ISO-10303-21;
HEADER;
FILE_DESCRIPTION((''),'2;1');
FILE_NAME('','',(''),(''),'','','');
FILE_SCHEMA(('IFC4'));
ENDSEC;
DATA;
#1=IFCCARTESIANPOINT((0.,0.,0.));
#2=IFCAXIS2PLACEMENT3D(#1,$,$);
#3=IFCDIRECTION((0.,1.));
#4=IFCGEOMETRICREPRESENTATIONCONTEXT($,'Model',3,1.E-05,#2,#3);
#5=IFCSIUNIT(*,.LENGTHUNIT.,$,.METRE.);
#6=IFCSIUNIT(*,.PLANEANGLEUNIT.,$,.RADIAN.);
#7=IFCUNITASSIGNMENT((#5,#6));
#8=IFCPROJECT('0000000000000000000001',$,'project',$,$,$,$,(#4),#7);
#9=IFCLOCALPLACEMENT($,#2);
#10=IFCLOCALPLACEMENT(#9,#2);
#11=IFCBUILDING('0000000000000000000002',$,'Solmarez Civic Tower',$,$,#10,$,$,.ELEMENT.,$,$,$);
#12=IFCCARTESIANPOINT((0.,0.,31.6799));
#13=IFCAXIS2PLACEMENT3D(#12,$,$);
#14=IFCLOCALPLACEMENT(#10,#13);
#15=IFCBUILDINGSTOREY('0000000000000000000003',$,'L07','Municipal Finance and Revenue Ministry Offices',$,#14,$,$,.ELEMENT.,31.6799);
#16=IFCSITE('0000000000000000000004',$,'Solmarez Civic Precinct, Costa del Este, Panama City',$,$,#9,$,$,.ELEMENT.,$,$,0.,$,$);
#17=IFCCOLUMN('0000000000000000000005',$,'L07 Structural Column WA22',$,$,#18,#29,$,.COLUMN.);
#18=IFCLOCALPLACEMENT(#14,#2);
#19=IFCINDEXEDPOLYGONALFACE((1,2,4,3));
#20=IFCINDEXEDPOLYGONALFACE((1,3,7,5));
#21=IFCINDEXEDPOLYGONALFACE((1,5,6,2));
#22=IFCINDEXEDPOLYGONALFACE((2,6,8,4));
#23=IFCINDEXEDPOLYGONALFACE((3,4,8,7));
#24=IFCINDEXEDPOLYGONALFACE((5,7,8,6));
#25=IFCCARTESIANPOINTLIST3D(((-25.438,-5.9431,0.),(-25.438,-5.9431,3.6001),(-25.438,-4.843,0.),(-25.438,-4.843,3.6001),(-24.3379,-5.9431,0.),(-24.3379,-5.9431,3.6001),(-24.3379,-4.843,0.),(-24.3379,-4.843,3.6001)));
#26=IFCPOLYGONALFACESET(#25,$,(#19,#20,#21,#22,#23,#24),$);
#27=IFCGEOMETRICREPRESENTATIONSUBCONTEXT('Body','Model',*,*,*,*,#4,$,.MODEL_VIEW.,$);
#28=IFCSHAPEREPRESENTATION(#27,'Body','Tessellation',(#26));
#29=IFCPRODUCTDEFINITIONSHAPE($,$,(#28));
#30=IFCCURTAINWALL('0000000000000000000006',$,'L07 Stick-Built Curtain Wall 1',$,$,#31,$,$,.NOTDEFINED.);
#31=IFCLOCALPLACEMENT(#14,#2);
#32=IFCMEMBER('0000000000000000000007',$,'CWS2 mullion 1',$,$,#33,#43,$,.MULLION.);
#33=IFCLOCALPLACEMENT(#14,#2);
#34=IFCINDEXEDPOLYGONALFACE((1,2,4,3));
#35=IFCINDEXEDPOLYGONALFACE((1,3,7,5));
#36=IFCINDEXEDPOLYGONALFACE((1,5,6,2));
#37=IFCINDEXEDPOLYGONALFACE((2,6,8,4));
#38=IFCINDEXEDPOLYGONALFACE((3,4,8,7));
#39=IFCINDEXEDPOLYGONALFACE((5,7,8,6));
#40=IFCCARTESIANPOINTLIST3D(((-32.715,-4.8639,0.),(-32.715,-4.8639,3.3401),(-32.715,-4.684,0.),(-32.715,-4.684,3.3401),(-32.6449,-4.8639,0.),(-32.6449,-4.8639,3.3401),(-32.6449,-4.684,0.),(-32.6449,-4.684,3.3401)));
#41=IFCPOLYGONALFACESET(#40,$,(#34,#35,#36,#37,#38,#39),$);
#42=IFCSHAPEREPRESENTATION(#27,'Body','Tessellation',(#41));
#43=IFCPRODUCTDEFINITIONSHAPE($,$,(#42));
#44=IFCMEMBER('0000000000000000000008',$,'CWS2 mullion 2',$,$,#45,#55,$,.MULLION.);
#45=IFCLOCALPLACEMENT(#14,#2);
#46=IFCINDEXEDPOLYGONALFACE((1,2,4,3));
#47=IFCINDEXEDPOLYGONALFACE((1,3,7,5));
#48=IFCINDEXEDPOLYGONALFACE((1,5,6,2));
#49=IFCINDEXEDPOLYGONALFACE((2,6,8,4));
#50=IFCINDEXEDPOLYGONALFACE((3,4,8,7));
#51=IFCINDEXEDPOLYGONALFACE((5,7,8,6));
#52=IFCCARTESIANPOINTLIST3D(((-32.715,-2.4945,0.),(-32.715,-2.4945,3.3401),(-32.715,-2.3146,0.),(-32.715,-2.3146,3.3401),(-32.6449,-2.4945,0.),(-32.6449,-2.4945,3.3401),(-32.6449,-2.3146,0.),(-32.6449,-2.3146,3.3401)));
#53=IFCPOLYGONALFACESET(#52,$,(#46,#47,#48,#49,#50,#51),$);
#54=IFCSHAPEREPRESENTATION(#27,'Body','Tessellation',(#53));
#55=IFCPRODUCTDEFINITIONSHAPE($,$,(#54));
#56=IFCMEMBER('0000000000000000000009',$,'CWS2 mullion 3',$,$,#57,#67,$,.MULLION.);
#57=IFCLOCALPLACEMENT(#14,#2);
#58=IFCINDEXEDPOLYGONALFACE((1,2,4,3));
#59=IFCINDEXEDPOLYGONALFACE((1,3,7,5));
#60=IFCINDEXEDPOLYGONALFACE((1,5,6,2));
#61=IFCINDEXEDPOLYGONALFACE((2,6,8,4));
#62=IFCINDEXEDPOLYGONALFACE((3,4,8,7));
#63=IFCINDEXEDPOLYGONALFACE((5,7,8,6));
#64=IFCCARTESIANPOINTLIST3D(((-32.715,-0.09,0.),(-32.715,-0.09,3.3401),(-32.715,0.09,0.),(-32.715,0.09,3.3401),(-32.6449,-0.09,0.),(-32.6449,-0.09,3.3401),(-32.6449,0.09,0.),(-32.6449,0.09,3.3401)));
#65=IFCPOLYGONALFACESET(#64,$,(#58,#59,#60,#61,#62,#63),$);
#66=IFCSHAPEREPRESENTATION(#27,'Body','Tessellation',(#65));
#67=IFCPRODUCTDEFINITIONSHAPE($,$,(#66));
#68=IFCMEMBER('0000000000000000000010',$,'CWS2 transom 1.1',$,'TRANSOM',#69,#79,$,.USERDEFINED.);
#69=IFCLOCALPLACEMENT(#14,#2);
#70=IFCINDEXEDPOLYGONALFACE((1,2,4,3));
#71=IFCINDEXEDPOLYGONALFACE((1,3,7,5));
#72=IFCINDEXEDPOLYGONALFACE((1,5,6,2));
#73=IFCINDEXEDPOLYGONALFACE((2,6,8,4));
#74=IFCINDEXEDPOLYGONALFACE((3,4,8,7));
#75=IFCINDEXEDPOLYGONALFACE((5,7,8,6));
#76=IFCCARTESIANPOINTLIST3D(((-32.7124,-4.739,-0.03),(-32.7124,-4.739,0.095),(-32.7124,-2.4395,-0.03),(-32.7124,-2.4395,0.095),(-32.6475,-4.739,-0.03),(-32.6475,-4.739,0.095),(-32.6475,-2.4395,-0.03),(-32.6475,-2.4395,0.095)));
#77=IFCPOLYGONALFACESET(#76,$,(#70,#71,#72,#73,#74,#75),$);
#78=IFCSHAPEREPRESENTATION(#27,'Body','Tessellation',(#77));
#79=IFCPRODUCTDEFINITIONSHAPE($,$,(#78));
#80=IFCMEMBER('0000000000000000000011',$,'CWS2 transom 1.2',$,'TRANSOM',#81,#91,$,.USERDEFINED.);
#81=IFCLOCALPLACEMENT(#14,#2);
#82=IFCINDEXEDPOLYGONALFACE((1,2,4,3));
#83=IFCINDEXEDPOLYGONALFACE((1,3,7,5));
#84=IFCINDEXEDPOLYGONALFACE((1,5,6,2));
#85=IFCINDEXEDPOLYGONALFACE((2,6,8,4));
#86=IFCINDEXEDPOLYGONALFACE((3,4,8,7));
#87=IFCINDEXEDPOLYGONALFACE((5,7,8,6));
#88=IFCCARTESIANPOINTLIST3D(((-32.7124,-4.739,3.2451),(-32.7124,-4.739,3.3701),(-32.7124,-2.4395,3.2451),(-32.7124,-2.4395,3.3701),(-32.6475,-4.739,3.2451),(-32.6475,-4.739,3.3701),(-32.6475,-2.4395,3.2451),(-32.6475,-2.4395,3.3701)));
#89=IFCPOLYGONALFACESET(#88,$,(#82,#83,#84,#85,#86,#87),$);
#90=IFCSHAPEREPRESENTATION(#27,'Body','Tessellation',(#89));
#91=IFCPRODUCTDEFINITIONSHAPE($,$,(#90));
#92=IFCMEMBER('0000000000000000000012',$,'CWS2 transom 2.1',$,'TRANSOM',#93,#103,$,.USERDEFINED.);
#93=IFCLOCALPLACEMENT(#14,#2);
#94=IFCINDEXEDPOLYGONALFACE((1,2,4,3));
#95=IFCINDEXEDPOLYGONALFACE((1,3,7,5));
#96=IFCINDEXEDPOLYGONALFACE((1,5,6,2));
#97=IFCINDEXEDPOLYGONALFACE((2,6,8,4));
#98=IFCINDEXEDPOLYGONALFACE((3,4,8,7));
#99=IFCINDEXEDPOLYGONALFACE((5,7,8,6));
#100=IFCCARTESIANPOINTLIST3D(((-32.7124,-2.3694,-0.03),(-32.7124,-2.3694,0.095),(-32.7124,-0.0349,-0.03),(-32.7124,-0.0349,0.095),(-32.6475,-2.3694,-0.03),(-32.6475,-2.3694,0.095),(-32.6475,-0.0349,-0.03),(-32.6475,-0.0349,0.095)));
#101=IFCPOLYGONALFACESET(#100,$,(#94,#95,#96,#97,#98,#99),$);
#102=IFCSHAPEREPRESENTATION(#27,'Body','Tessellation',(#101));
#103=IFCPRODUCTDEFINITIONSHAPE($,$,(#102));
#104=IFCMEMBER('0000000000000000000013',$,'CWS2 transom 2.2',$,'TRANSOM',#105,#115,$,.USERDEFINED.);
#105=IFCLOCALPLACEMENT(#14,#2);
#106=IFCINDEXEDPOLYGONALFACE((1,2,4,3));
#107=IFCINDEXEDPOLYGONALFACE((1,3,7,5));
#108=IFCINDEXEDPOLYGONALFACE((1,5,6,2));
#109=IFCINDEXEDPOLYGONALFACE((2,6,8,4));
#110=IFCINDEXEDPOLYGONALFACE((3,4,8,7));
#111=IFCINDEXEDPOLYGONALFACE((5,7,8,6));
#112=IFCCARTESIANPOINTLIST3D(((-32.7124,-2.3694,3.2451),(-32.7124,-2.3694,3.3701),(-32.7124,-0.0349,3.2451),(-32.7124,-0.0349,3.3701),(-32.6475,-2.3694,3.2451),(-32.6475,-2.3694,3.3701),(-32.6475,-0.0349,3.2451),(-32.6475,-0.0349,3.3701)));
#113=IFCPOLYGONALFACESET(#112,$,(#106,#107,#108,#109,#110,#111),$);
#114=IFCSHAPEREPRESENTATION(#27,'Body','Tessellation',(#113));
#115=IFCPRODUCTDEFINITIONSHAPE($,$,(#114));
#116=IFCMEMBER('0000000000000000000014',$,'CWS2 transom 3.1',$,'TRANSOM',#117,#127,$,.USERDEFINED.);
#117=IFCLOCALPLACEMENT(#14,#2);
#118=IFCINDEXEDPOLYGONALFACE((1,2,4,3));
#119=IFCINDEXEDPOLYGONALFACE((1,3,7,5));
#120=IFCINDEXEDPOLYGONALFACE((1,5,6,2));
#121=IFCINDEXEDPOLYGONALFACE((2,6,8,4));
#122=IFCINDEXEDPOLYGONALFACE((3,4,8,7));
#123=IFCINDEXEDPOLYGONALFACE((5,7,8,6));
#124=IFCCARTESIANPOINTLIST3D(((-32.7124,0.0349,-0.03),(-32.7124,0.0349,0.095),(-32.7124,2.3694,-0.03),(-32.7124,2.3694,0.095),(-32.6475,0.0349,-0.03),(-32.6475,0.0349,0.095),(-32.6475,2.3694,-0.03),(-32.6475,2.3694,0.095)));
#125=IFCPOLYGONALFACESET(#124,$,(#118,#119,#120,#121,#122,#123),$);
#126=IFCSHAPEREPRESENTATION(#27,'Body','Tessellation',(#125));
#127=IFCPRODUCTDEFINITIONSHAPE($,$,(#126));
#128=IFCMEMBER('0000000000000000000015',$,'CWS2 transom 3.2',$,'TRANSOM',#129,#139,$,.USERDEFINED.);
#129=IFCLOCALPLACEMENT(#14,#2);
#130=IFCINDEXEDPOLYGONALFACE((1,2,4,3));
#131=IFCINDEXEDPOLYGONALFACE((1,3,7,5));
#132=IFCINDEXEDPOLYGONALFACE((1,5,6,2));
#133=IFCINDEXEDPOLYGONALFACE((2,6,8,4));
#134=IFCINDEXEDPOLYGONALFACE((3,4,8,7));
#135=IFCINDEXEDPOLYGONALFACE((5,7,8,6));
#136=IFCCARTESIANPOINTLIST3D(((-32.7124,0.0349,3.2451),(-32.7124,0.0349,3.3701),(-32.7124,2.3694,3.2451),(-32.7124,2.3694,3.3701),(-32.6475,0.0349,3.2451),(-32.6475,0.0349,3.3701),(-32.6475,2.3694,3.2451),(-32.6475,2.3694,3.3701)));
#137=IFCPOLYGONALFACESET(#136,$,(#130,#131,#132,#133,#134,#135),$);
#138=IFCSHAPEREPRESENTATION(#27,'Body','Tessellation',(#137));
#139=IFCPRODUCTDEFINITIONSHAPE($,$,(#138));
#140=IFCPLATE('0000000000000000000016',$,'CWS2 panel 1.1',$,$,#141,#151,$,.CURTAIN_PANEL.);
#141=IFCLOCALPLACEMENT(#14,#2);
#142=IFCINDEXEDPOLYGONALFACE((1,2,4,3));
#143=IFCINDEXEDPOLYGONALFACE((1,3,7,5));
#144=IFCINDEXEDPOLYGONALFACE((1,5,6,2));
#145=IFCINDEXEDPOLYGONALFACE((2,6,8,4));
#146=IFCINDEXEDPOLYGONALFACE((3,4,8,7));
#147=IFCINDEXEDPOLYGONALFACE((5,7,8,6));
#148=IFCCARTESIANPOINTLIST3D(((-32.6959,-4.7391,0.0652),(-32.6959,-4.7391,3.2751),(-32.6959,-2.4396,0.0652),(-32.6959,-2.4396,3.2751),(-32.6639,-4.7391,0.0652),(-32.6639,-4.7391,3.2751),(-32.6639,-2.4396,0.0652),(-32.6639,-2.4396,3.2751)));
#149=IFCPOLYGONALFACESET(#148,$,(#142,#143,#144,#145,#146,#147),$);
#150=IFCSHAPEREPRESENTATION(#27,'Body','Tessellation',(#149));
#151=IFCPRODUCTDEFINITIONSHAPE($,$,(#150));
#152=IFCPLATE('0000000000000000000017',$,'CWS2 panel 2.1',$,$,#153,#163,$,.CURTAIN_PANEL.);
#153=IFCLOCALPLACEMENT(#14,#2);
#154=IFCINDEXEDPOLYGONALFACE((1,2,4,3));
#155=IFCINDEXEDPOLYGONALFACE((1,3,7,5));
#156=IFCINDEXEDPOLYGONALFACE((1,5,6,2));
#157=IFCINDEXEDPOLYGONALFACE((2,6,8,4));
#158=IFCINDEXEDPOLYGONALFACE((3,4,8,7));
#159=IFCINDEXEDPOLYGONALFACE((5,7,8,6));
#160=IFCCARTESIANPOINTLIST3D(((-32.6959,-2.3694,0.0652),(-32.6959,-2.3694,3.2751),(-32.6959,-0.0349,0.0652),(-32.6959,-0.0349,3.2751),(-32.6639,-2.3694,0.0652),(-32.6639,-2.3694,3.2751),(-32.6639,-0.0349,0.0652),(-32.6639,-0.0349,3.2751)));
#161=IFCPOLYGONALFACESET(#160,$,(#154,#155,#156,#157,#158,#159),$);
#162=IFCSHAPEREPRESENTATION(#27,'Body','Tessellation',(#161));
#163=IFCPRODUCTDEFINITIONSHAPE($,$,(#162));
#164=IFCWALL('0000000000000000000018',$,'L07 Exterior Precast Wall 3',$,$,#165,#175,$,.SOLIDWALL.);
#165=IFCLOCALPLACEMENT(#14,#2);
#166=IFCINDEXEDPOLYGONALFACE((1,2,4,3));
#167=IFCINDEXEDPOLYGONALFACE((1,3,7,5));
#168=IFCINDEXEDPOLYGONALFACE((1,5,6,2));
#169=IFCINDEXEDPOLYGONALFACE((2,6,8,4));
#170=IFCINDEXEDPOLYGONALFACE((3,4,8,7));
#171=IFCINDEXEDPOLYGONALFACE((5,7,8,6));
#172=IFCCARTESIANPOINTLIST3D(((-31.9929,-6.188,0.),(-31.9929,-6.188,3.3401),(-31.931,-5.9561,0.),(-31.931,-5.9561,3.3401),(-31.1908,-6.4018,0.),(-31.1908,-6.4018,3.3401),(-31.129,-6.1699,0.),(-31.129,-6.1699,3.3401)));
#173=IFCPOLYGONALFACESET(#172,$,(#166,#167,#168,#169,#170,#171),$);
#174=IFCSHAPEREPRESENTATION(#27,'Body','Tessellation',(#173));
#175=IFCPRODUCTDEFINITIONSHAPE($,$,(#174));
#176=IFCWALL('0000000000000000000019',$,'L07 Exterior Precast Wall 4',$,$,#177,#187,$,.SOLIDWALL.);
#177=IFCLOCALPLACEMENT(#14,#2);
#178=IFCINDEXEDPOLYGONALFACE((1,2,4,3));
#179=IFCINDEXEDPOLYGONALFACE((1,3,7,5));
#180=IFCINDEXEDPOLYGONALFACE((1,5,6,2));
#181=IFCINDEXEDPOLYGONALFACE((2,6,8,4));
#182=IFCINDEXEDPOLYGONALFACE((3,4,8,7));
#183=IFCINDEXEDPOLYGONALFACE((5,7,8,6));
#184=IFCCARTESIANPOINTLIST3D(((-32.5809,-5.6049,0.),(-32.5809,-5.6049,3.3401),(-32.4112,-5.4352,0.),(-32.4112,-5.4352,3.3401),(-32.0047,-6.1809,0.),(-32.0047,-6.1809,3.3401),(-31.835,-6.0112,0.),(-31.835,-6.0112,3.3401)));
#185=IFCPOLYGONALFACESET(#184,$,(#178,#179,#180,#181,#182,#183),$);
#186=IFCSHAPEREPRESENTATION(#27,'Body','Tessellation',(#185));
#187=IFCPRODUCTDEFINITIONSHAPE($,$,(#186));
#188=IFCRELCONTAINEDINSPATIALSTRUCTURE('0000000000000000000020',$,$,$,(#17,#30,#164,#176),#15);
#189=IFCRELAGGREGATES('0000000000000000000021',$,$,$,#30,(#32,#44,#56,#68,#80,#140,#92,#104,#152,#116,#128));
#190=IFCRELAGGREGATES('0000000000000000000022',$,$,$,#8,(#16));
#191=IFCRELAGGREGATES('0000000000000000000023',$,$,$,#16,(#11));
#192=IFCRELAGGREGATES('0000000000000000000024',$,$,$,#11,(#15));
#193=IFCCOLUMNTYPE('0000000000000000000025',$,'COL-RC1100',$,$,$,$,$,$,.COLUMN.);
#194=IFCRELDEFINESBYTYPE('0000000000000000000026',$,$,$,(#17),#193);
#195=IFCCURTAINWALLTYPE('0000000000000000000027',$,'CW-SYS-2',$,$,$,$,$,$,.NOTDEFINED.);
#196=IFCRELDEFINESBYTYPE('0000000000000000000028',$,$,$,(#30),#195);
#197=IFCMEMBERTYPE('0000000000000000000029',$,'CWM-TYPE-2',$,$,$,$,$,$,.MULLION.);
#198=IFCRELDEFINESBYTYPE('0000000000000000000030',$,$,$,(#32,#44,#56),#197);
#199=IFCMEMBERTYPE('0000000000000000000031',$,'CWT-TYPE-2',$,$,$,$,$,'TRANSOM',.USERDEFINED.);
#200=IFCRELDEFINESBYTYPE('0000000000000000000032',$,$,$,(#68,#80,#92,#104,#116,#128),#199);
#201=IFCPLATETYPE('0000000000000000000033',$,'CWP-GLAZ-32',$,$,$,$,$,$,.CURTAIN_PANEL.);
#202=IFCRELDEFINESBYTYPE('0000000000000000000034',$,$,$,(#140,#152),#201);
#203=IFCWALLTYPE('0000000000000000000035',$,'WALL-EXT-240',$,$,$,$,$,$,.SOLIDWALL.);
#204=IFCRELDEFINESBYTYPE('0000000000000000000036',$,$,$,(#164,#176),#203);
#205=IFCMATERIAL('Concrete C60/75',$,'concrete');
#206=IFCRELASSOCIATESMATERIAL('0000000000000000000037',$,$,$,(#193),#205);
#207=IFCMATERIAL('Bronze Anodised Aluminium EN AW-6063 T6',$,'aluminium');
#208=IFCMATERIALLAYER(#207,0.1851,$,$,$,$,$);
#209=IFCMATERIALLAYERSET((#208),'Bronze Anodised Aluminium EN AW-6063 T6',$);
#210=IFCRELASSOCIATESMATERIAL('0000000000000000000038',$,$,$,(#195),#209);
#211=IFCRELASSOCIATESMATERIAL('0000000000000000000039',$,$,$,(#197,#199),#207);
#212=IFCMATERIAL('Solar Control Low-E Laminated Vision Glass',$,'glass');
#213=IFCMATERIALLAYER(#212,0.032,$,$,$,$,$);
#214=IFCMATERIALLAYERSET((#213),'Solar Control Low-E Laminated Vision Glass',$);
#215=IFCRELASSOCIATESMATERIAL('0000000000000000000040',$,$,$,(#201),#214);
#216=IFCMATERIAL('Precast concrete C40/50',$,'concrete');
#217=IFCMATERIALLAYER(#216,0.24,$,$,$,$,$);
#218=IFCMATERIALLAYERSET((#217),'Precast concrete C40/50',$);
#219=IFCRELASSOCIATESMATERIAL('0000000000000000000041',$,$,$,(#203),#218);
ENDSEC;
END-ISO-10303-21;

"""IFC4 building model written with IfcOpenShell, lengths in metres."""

from ifc_helpers import new_model, si_unit, direction, frame, frame_2d, origin, origin_2d, place, context, subcontext, project, spatial, rectangle, extrude, material, layer, layer_set, material_profile, profile_set, type_object, element, aggregate, save


model = new_model("IFC4")

# Units and contexts
model_context = context("Model", 3, precision=1e-05, world=origin(), true_north=direction((0.0, 1.0)))
body_context = subcontext(model_context, "Body", "Model", "MODEL_VIEW")
ifc_project = project(units=[si_unit("LENGTHUNIT", "METRE"), si_unit("PLANEANGLEUNIT", "RADIAN")], contexts=[model_context])

# Site, building, storey
site_placement = place(None, origin())
site = spatial("IfcSite", under=ifc_project, at=site_placement, Name="Solmarez Civic Precinct, Costa del Este, Panama City", CompositionType="ELEMENT", RefElevation=0.0)
building_placement = place(site_placement, origin())
building = spatial("IfcBuilding", under=site, at=building_placement, Name="Solmarez Civic Tower", CompositionType="ELEMENT")
storey_placement = place(building_placement, frame((0.0, 0.0, 31.6799)))
storey = spatial("IfcBuildingStorey", under=building, at=storey_placement, Name="L07", Description="Municipal Finance and Revenue Ministry Offices", CompositionType="ELEMENT", Elevation=31.6799)

# Column
ifc_material_1 = material(Name="Concrete C60/75", Category="concrete")
ifc_material_profile_1 = material_profile(ifc_material_1, rectangle(XDim=1.1001, YDim=1.1001, at=origin_2d()), Name="RC1100X1100")
ifc_profile_set_1 = profile_set([ifc_material_profile_1], Name="Concrete C60/75")
column_type = type_object("IfcColumnType", Name="COL-RC1100", PredefinedType="COLUMN", material=ifc_profile_set_1)
column_placement = place(storey_placement, frame((-24.8879, -5.3931, 0.0), z_axis=(0.0, 0.0, 1.0), x_axis=(1.0, 0.0, 0.0)))
element("IfcColumn", 1, at=column_placement, inside=storey, type_object=column_type, Name="L07 Structural Column WA22", PredefinedType="COLUMN", context=body_context, shape_type="SweptSolid", body=[
    extrude(rectangle(XDim=1.1001, YDim=1.1001, at=origin_2d()), origin(), (0.0, 0.0, 1.0), 3.6001),
])

# Curtain wall, members, plates
ifc_material_2 = material(Name="Bronze Anodised Aluminium EN AW-6063 T6", Category="aluminium")
ifc_layer_1 = layer(ifc_material_2, 0.1851)
ifc_layer_set_1 = layer_set([ifc_layer_1], Name="Bronze Anodised Aluminium EN AW-6063 T6")
curtain_wall_type = type_object("IfcCurtainWallType", Name="CW-SYS-2", PredefinedType="NOTDEFINED", material=ifc_layer_set_1)
curtain_wall_placement = place(storey_placement, origin())
curtain_wall = element("IfcCurtainWall", 2, at=curtain_wall_placement, inside=storey, type_object=curtain_wall_type, Name="L07 Stick-Built Curtain Wall 1", PredefinedType="NOTDEFINED")
ifc_material_profile_2 = material_profile(ifc_material_2, rectangle(XDim=0.0701, YDim=0.1799, at=origin_2d()), Name="CWM-70X180")
ifc_profile_set_2 = profile_set([ifc_material_profile_2], Name="Bronze Anodised Aluminium EN AW-6063 T6")
member_type_1 = type_object("IfcMemberType", Name="CWM-TYPE-2", PredefinedType="MULLION", material=ifc_profile_set_2)
member_1_placement = place(storey_placement, frame((-32.6799, -4.7739, 0.0), z_axis=(0.0, 0.0, 1.0), x_axis=(-1.0, 0.0, 0.0)))
member_1 = element("IfcMember", 3, at=member_1_placement, type_object=member_type_1, Name="CWS2 mullion 1", PredefinedType="MULLION", context=body_context, shape_type="SweptSolid", body=[
    extrude(rectangle(XDim=0.0701, YDim=0.1799, at=origin_2d()), origin(), (0.0, 0.0, 1.0), 3.3401),
])
member_2_placement = place(storey_placement, frame((-32.6799, -2.4045, 0.0), z_axis=(0.0, 0.0, 1.0), x_axis=(-1.0, 0.0, 0.0)))
member_2 = element("IfcMember", 4, at=member_2_placement, type_object=member_type_1, Name="CWS2 mullion 2", PredefinedType="MULLION", context=body_context, shape_type="SweptSolid", body=[
    extrude(rectangle(XDim=0.0701, YDim=0.1799, at=origin_2d()), origin(), (0.0, 0.0, 1.0), 3.3401),
])
member_3_placement = place(storey_placement, frame((-32.6799, 0.0, 0.0), z_axis=(0.0, 0.0, 1.0), x_axis=(-1.0, 0.0, 0.0)))
member_3 = element("IfcMember", 5, at=member_3_placement, type_object=member_type_1, Name="CWS2 mullion 3", PredefinedType="MULLION", context=body_context, shape_type="SweptSolid", body=[
    extrude(rectangle(XDim=0.0701, YDim=0.1799, at=origin_2d()), origin(), (0.0, 0.0, 1.0), 3.3401),
])
ifc_material_profile_3 = material_profile(ifc_material_2, rectangle(XDim=0.0649, YDim=0.125, at=origin_2d()), Name="CWT-65X125")
ifc_profile_set_3 = profile_set([ifc_material_profile_3], Name="Bronze Anodised Aluminium EN AW-6063 T6")
member_type_2 = type_object("IfcMemberType", Name="CWT-TYPE-2", ElementType="TRANSOM", PredefinedType="USERDEFINED", material=ifc_profile_set_3)
member_4_placement = place(storey_placement, frame((-32.6799, -4.739, 0.0325), z_axis=(0.0, 1.0, 0.0), x_axis=(-1.0, 0.0, 0.0)))
member_4 = element("IfcMember", 6, at=member_4_placement, type_object=member_type_2, Name="CWS2 transom 1.1", ObjectType="TRANSOM", PredefinedType="USERDEFINED", context=body_context, shape_type="SweptSolid", body=[
    extrude(rectangle(XDim=0.0649, YDim=0.125, at=origin_2d()), origin(), (0.0, 0.0, 1.0), 2.2996),
])
member_5_placement = place(storey_placement, frame((-32.6799, -4.739, 3.3076), z_axis=(0.0, 1.0, 0.0), x_axis=(-1.0, 0.0, 0.0)))
member_5 = element("IfcMember", 7, at=member_5_placement, type_object=member_type_2, Name="CWS2 transom 1.2", ObjectType="TRANSOM", PredefinedType="USERDEFINED", context=body_context, shape_type="SweptSolid", body=[
    extrude(rectangle(XDim=0.0649, YDim=0.125, at=origin_2d()), origin(), (0.0, 0.0, 1.0), 2.2996),
])
member_6_placement = place(storey_placement, frame((-32.6799, -2.3694, 0.0325), z_axis=(0.0, 1.0, 0.0), x_axis=(-1.0, 0.0, 0.0)))
member_6 = element("IfcMember", 8, at=member_6_placement, type_object=member_type_2, Name="CWS2 transom 2.1", ObjectType="TRANSOM", PredefinedType="USERDEFINED", context=body_context, shape_type="SweptSolid", body=[
    extrude(rectangle(XDim=0.0649, YDim=0.125, at=origin_2d()), origin(), (0.0, 0.0, 1.0), 2.3345),
])
member_7_placement = place(storey_placement, frame((-32.6799, -2.3694, 3.3076), z_axis=(0.0, 1.0, 0.0), x_axis=(-1.0, 0.0, 0.0)))
member_7 = element("IfcMember", 9, at=member_7_placement, type_object=member_type_2, Name="CWS2 transom 2.2", ObjectType="TRANSOM", PredefinedType="USERDEFINED", context=body_context, shape_type="SweptSolid", body=[
    extrude(rectangle(XDim=0.0649, YDim=0.125, at=origin_2d()), origin(), (0.0, 0.0, 1.0), 2.3345),
])
member_8_placement = place(storey_placement, frame((-32.6799, 0.0349, 0.0325), z_axis=(0.0, 1.0, 0.0), x_axis=(-1.0, 0.0, 0.0)))
member_8 = element("IfcMember", 10, at=member_8_placement, type_object=member_type_2, Name="CWS2 transom 3.1", ObjectType="TRANSOM", PredefinedType="USERDEFINED", context=body_context, shape_type="SweptSolid", body=[
    extrude(rectangle(XDim=0.0649, YDim=0.125, at=origin_2d()), origin(), (0.0, 0.0, 1.0), 2.3345),
])
member_9_placement = place(storey_placement, frame((-32.6799, 0.0349, 3.3076), z_axis=(0.0, 1.0, 0.0), x_axis=(-1.0, 0.0, 0.0)))
member_9 = element("IfcMember", 11, at=member_9_placement, type_object=member_type_2, Name="CWS2 transom 3.2", ObjectType="TRANSOM", PredefinedType="USERDEFINED", context=body_context, shape_type="SweptSolid", body=[
    extrude(rectangle(XDim=0.0649, YDim=0.125, at=origin_2d()), origin(), (0.0, 0.0, 1.0), 2.3345),
])
ifc_material_3 = material(Name="Solar Control Low-E Laminated Vision Glass", Category="glass")
ifc_layer_2 = layer(ifc_material_3, 0.032)
ifc_layer_set_2 = layer_set([ifc_layer_2], Name="Solar Control Low-E Laminated Vision Glass")
plate_type = type_object("IfcPlateType", Name="CWP-GLAZ-32", PredefinedType="CURTAIN_PANEL", material=ifc_layer_set_2)
plate_1_placement = place(storey_placement, frame((-32.6799, -3.5894, 0.0652), z_axis=(0.0, 0.0, 1.0), x_axis=(0.0, 1.0, 0.0)))
plate_1 = element("IfcPlate", 12, at=plate_1_placement, type_object=plate_type, Name="CWS2 panel 1.1", PredefinedType="CURTAIN_PANEL", context=body_context, shape_type="SweptSolid", body=[
    extrude(rectangle(XDim=2.2996, YDim=0.032, at=origin_2d()), origin(), (0.0, 0.0, 1.0), 3.21),
])
plate_2_placement = place(storey_placement, frame((-32.6799, -1.2021, 0.0652), z_axis=(0.0, 0.0, 1.0), x_axis=(0.0, 1.0, 0.0)))
plate_2 = element("IfcPlate", 13, at=plate_2_placement, type_object=plate_type, Name="CWS2 panel 2.1", PredefinedType="CURTAIN_PANEL", context=body_context, shape_type="SweptSolid", body=[
    extrude(rectangle(XDim=2.3345, YDim=0.032, at=origin_2d()), origin(), (0.0, 0.0, 1.0), 3.21),
])
aggregate(curtain_wall, [member_1, member_2, member_3, member_4, member_5, plate_1, member_6, member_7, plate_2, member_8, member_9])

# Walls
ifc_material_4 = material(Name="Precast concrete C40/50", Category="concrete")
ifc_layer_3 = layer(ifc_material_4, 0.24)
ifc_layer_set_3 = layer_set([ifc_layer_3], Name="Precast concrete C40/50")
wall_type = type_object("IfcWallType", Name="WALL-EXT-240", PredefinedType="SOLIDWALL", material=ifc_layer_set_3)
wall_1_placement = place(storey_placement, frame((-31.1599, -6.2859, 0.0), z_axis=(0.0, 0.0, 1.0), x_axis=(-0.966235, 0.257663, 0.0)))
element("IfcWall", 14, at=wall_1_placement, inside=storey, type_object=wall_type, Name="L07 Exterior Precast Wall 3", PredefinedType="SOLIDWALL", context=body_context, shape_type="SweptSolid", body=[
    extrude(rectangle(XDim=0.8301, YDim=0.24, at=frame_2d((0.415, 0.0))), origin(), (0.0, 0.0, 1.0), 3.3401),
])
wall_2_placement = place(storey_placement, frame((-31.9199, -6.0959, 0.0), z_axis=(0.0, 0.0, 1.0), x_axis=(-0.707257, 0.706957, 0.0)))
element("IfcWall", 15, at=wall_2_placement, inside=storey, type_object=wall_type, Name="L07 Exterior Precast Wall 4", PredefinedType="SOLIDWALL", context=body_context, shape_type="SweptSolid", body=[
    extrude(rectangle(XDim=0.8147, YDim=0.24, at=frame_2d((0.4072, 0.0))), origin(), (0.0, 0.0, 1.0), 3.3401),
])

save(model, "model.ifc")
